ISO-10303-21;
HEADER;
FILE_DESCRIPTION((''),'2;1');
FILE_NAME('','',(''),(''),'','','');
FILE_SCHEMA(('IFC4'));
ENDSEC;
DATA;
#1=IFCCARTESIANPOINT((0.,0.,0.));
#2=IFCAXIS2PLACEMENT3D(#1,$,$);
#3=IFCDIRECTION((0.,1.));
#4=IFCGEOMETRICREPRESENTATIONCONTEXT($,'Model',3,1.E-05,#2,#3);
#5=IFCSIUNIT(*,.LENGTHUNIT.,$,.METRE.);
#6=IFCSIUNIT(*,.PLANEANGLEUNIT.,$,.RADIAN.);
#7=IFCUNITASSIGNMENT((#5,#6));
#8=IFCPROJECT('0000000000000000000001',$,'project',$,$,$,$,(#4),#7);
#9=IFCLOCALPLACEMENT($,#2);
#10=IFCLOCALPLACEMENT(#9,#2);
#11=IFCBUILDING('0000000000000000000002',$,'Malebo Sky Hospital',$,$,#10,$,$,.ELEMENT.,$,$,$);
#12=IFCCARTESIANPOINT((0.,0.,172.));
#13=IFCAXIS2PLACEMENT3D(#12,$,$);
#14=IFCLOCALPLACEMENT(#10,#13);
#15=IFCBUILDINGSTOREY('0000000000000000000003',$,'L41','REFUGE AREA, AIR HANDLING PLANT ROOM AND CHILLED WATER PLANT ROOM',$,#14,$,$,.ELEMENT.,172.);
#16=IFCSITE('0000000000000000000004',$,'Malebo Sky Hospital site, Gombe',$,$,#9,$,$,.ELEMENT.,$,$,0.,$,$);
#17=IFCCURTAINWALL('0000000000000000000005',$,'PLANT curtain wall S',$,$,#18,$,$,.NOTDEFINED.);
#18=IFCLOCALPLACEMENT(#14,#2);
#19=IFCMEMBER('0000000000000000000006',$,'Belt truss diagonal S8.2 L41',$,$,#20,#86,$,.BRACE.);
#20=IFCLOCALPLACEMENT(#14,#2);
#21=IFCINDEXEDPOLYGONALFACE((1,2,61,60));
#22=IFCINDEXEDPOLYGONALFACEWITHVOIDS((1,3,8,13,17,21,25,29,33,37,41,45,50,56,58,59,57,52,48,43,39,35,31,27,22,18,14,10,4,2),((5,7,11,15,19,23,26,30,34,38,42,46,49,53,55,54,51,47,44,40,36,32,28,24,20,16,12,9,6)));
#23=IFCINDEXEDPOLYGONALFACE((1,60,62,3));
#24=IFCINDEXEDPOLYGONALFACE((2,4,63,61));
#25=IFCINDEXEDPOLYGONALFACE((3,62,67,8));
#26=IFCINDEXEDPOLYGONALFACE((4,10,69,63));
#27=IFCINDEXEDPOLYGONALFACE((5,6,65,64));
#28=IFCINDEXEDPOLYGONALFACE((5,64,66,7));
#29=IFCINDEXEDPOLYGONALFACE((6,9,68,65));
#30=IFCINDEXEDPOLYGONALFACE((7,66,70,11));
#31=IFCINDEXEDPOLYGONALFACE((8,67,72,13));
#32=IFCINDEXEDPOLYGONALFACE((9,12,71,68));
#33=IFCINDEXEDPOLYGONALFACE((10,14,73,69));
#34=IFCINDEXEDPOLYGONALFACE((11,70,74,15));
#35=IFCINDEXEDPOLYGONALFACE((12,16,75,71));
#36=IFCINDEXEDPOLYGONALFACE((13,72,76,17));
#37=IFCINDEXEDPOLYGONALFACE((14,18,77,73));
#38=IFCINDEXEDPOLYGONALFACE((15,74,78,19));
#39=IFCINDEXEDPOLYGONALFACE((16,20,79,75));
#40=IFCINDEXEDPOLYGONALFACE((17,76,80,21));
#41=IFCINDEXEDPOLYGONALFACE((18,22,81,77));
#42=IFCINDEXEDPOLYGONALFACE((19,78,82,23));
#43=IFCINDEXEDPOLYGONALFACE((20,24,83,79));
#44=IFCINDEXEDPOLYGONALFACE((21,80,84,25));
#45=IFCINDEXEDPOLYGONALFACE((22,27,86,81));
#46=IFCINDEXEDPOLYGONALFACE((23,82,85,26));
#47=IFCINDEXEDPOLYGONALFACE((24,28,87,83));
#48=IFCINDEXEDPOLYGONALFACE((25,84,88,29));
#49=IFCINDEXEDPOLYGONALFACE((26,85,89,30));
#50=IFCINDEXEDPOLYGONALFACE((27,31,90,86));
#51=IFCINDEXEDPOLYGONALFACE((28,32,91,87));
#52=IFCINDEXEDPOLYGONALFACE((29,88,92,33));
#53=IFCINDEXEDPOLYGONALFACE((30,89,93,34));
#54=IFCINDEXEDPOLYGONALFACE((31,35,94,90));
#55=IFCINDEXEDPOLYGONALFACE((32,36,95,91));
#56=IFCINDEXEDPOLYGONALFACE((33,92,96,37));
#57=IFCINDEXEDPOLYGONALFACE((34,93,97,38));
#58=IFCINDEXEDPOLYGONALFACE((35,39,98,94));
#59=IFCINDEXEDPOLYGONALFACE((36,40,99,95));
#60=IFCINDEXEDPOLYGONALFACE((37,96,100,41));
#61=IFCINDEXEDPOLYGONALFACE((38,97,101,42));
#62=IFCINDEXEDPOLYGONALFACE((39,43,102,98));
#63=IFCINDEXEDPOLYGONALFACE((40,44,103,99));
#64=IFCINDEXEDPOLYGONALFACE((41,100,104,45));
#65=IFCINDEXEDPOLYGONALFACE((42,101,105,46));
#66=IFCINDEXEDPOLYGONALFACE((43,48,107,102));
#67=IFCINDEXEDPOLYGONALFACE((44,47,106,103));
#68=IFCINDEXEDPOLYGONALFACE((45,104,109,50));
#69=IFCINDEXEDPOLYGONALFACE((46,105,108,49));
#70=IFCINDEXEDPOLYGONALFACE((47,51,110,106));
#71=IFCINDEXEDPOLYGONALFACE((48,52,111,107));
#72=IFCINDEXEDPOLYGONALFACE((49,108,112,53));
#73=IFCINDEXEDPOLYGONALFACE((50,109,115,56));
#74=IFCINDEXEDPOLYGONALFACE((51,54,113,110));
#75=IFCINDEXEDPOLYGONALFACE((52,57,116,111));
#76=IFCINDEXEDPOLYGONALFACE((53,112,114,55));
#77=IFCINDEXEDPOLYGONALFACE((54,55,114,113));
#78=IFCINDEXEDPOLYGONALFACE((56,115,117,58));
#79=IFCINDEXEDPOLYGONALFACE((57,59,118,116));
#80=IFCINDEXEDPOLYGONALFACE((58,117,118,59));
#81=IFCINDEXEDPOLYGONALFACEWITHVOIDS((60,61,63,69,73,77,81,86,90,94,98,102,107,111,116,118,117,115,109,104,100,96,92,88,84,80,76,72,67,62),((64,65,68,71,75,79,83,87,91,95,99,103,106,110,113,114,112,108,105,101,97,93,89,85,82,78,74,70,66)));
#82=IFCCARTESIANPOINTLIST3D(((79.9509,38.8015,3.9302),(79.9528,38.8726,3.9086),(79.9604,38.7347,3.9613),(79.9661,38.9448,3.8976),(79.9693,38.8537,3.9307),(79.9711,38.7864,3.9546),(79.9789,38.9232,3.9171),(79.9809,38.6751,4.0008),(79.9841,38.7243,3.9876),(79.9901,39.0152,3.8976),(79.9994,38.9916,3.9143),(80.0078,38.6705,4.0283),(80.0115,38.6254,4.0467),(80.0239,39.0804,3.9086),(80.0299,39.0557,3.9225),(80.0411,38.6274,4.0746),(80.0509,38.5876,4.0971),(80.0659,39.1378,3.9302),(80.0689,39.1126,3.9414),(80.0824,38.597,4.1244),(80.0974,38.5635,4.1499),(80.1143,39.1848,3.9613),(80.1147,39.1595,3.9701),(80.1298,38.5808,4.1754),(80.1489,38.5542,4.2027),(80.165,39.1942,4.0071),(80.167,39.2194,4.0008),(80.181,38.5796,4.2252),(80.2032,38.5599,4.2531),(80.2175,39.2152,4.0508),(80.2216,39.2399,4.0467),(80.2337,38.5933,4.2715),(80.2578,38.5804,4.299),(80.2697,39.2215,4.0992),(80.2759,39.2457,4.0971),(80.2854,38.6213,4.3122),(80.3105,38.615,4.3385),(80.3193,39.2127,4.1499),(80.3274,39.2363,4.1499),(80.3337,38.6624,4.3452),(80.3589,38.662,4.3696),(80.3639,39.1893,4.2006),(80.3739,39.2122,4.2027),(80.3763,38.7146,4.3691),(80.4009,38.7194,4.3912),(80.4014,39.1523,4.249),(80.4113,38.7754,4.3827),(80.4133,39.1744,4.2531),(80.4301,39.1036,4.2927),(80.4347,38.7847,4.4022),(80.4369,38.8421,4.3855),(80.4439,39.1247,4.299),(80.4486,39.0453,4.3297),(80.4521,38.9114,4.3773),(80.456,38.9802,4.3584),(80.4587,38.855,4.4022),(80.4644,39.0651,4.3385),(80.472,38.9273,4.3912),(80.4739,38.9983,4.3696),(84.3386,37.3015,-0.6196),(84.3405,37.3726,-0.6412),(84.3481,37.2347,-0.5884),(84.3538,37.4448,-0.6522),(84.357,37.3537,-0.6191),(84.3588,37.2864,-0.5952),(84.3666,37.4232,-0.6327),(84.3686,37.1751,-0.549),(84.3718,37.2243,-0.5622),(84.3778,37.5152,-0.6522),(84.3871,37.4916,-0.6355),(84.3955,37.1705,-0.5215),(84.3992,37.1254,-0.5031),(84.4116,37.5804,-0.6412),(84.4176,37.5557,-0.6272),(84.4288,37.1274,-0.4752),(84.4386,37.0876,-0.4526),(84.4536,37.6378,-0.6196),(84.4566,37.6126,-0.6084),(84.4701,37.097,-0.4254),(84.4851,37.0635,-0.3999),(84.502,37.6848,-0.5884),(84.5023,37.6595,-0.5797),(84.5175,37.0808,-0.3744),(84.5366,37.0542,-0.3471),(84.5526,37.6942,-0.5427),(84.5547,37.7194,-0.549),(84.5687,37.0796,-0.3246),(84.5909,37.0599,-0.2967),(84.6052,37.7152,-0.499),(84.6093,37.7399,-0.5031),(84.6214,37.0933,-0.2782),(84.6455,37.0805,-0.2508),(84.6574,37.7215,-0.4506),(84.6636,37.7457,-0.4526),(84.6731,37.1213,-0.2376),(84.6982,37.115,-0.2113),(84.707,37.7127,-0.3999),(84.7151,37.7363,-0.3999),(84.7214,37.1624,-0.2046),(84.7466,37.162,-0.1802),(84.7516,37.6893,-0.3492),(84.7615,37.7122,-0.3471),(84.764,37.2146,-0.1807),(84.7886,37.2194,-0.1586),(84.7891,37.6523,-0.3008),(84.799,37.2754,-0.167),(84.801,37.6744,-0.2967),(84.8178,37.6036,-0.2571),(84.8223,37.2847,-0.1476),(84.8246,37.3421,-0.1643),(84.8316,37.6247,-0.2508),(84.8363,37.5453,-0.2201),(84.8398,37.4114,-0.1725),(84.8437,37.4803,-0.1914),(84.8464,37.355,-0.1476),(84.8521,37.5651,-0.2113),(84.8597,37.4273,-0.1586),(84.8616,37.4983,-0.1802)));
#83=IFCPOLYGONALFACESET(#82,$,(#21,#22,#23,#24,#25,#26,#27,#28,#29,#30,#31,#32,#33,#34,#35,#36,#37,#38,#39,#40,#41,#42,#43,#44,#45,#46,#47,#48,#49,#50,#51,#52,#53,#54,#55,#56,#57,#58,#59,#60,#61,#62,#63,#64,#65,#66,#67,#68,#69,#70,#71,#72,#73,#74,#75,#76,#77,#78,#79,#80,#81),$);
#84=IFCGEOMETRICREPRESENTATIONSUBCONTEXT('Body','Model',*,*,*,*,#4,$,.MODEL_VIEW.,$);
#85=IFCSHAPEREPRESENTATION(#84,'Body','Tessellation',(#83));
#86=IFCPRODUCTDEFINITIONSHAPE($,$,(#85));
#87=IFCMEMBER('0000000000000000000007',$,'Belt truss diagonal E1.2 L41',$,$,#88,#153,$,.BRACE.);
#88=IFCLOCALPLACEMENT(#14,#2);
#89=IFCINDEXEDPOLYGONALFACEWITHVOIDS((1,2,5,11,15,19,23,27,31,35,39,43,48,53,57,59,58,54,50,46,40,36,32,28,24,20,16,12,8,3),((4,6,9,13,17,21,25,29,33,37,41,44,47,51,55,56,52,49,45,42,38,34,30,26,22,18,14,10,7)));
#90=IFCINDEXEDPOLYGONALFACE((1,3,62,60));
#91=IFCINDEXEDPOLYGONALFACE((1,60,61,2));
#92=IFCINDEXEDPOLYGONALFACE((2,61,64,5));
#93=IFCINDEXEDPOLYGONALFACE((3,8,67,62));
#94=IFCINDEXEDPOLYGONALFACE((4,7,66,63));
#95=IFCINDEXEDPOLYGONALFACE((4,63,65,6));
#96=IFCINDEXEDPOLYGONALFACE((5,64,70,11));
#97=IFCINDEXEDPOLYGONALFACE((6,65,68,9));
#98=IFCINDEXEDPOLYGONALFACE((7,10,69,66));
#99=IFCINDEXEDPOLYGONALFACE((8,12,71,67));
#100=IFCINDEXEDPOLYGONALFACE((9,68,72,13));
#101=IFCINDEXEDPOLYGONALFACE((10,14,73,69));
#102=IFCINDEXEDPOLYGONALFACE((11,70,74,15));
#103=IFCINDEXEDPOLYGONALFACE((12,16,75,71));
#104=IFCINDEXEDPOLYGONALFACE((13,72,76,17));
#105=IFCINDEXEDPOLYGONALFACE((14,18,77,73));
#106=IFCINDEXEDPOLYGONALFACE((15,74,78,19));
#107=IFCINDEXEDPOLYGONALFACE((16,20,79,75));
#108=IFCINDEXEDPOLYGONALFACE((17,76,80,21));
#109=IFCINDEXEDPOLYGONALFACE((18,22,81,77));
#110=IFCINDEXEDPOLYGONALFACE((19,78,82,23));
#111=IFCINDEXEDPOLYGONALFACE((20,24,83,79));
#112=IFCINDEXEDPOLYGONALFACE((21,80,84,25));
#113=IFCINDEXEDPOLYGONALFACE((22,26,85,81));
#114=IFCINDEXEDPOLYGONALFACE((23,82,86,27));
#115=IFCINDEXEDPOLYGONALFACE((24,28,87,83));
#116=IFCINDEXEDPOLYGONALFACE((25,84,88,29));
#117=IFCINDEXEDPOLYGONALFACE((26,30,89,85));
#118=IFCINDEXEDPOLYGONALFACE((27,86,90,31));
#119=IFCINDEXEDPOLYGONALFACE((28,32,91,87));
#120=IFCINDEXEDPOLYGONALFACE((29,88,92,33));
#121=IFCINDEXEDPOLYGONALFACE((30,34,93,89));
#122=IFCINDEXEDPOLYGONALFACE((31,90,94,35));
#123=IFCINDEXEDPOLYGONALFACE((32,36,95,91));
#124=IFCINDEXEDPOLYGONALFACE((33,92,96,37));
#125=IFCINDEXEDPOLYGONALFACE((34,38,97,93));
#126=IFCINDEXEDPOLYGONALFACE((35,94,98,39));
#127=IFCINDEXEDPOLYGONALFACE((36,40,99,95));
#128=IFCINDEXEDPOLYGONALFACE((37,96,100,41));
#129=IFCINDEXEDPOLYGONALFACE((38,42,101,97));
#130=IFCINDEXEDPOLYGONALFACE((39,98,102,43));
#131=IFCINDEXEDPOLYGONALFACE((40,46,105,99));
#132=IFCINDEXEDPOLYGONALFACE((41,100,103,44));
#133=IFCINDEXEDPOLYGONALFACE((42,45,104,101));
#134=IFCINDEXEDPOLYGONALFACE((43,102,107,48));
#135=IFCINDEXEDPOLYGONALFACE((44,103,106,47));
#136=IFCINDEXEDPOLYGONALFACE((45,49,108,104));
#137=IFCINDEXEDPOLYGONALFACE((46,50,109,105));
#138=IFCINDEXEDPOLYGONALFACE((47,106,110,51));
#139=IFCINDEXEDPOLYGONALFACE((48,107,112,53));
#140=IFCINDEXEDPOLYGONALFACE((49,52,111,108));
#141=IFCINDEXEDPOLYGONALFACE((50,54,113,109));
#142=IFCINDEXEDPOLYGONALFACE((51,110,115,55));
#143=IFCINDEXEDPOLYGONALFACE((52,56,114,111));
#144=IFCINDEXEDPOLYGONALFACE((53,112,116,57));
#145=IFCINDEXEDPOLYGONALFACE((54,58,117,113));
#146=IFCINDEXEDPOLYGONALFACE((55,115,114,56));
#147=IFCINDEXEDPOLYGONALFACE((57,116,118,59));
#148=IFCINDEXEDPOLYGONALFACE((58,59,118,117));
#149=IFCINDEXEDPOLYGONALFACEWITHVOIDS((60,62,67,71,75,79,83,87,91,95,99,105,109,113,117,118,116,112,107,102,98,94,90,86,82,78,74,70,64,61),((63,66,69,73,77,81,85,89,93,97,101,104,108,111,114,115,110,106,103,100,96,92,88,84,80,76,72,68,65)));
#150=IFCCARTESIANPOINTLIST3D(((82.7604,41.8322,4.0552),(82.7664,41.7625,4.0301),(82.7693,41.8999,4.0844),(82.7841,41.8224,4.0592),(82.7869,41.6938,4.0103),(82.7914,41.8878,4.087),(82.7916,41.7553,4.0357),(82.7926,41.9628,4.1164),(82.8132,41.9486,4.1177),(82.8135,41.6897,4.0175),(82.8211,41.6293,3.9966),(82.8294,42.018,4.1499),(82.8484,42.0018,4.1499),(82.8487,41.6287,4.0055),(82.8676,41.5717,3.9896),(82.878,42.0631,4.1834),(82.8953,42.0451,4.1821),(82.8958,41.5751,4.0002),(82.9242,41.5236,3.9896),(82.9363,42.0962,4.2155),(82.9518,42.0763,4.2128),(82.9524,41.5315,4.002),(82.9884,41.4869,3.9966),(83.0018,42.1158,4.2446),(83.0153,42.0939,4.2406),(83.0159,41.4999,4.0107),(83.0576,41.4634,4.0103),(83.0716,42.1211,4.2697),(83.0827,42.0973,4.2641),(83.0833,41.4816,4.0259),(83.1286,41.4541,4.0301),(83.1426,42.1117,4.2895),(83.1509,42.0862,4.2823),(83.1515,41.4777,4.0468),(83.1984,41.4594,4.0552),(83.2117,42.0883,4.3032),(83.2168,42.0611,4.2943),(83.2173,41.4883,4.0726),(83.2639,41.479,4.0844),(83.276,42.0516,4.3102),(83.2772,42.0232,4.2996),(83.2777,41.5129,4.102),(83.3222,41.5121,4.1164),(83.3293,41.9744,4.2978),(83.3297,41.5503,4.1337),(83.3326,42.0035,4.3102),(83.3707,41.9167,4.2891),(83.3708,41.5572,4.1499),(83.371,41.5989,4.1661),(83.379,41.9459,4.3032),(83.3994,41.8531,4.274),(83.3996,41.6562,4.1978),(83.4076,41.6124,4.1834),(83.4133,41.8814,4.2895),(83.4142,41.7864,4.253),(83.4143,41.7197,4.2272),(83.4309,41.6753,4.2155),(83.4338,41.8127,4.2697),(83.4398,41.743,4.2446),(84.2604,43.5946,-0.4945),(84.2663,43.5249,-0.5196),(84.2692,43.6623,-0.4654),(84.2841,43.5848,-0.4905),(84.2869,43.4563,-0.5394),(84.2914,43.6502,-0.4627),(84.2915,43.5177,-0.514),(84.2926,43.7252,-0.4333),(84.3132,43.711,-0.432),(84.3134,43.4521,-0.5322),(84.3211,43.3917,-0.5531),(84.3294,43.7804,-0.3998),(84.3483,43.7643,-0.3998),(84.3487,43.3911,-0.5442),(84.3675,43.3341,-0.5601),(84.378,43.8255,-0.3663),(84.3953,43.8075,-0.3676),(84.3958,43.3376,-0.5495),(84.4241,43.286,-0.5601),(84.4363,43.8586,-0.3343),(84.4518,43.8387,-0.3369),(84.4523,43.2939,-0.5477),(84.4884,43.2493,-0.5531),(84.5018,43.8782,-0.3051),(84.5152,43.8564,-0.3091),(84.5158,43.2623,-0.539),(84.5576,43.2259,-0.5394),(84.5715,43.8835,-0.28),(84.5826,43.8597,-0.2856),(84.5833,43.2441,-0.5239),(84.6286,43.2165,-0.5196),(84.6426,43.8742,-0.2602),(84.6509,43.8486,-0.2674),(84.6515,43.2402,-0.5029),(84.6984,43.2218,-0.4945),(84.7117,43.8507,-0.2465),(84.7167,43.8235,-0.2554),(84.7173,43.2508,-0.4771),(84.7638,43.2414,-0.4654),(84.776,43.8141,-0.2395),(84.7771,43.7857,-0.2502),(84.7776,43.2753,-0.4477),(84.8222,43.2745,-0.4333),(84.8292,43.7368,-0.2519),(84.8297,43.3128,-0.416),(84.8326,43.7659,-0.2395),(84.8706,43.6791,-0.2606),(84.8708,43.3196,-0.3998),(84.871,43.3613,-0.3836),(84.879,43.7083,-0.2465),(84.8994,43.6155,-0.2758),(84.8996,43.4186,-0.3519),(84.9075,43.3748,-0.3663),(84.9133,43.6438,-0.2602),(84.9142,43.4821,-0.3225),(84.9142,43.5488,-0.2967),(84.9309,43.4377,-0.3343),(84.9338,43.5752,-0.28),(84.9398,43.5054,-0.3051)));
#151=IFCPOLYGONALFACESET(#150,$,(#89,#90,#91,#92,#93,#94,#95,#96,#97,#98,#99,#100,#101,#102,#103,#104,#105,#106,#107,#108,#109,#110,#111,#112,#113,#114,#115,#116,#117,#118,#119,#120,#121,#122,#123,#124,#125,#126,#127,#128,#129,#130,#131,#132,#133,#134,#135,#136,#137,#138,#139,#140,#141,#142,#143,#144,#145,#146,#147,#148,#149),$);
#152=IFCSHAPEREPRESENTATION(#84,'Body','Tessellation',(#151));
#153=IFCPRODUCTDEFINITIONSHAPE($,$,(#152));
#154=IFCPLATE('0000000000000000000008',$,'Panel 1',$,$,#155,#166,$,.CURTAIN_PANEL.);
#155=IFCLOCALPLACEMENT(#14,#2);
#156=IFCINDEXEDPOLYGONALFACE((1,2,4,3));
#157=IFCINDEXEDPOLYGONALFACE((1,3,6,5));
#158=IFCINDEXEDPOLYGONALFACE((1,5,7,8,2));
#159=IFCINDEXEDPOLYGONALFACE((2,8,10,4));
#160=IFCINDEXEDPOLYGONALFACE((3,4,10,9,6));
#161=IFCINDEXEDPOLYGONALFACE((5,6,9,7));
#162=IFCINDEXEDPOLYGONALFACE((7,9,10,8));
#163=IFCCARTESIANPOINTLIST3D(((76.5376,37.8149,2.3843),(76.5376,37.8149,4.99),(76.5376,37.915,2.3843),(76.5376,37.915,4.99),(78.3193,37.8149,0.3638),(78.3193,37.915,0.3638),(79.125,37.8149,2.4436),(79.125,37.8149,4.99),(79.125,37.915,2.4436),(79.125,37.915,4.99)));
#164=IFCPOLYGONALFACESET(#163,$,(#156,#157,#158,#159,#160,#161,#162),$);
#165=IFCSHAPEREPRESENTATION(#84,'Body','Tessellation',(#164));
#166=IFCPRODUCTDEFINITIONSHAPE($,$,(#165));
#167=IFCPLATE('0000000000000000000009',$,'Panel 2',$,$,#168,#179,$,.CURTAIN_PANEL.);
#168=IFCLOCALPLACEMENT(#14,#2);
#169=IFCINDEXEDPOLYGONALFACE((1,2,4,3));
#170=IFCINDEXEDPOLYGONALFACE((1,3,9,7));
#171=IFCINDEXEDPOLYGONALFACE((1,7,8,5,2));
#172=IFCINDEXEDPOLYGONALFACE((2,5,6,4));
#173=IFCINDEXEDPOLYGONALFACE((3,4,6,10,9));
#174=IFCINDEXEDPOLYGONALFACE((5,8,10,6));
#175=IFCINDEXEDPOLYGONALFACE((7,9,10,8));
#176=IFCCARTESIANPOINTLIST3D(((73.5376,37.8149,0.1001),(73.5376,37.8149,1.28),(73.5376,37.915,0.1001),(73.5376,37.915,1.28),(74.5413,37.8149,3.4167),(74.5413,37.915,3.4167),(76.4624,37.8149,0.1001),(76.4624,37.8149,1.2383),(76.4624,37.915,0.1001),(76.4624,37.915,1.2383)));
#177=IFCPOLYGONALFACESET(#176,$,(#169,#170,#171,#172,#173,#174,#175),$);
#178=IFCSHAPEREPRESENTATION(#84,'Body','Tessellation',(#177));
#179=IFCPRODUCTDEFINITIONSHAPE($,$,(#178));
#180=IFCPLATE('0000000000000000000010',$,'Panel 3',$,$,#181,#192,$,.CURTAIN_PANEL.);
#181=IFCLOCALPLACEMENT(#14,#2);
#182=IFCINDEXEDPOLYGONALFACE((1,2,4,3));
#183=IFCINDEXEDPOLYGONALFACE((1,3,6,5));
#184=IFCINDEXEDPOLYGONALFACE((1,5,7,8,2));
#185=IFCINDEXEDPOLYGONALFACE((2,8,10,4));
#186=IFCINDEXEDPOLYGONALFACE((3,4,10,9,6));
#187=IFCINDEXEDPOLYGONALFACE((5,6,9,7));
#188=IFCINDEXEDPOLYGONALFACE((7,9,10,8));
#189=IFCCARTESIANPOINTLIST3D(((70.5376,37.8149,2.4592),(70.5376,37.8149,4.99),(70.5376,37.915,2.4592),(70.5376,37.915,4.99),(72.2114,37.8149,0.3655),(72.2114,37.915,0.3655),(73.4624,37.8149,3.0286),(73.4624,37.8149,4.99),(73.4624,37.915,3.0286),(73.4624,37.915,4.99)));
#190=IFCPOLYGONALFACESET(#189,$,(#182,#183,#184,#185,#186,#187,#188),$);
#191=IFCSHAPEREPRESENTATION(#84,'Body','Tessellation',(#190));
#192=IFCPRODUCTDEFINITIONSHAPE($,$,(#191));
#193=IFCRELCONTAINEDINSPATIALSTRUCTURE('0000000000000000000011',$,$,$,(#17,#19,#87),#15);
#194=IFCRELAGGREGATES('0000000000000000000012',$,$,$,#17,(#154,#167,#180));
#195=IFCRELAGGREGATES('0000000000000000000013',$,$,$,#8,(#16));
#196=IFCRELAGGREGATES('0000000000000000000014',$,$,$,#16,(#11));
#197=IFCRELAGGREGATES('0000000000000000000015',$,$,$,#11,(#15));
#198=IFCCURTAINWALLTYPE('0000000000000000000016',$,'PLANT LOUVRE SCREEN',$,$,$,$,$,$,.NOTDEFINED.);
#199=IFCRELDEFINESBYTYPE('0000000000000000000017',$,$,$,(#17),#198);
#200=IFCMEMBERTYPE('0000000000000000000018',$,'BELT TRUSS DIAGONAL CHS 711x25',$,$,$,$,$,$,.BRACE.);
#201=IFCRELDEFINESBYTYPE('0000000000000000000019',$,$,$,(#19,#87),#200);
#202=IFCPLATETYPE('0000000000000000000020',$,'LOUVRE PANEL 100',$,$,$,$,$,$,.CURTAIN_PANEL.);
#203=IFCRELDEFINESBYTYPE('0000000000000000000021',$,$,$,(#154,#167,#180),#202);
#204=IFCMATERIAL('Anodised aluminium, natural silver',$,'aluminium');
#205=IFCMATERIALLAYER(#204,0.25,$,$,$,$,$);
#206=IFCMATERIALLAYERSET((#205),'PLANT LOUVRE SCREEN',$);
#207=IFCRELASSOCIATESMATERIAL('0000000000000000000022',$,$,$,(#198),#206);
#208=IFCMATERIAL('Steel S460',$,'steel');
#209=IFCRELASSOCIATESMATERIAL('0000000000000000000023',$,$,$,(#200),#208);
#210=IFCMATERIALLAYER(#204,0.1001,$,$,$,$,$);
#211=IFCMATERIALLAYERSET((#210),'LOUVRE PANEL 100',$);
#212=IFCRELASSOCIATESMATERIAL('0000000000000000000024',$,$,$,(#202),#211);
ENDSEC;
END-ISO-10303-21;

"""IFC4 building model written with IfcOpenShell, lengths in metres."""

from ifc_helpers import new_model, si_unit, direction, frame, origin, origin_2d, place, context, subcontext, project, spatial, polyline, hollow_circle, outline, extrude, material, layer, layer_set, material_profile, profile_set, type_object, element, aggregate, save


model = new_model("IFC4")

# Units and contexts
model_context = context("Model", 3, precision=1e-05, world=origin(), true_north=direction((0.0, 1.0)))
body_context = subcontext(model_context, "Body", "Model", "MODEL_VIEW")
ifc_project = project(units=[si_unit("LENGTHUNIT", "METRE"), si_unit("PLANEANGLEUNIT", "RADIAN")], contexts=[model_context])

# Site, building, storey
site_placement = place(None, origin())
site = spatial("IfcSite", under=ifc_project, at=site_placement, Name="Malebo Sky Hospital site, Gombe", CompositionType="ELEMENT", RefElevation=0.0)
building_placement = place(site_placement, origin())
building = spatial("IfcBuilding", under=site, at=building_placement, Name="Malebo Sky Hospital", CompositionType="ELEMENT")
storey_placement = place(building_placement, frame((0.0, 0.0, 172.0)))
storey = spatial("IfcBuildingStorey", under=building, at=storey_placement, Name="L41", Description="REFUGE AREA, AIR HANDLING PLANT ROOM AND CHILLED WATER PLANT ROOM", CompositionType="ELEMENT", Elevation=172.0)

# Curtain wall
ifc_material_1 = material(Name="Anodised aluminium, natural silver", Category="aluminium")
ifc_layer_1 = layer(ifc_material_1, 0.25)
ifc_layer_set_1 = layer_set([ifc_layer_1], Name="PLANT LOUVRE SCREEN")
curtain_wall_type = type_object("IfcCurtainWallType", Name="PLANT LOUVRE SCREEN", PredefinedType="NOTDEFINED", material=ifc_layer_set_1)
curtain_wall_placement = place(storey_placement, origin())
curtain_wall = element("IfcCurtainWall", 1, at=curtain_wall_placement, inside=storey, type_object=curtain_wall_type, Name="PLANT curtain wall S", PredefinedType="NOTDEFINED")

# Members
ifc_material_2 = material(Name="Steel S460", Category="steel")
ifc_material_profile_1 = material_profile(ifc_material_2, hollow_circle(Radius=0.3555, WallThickness=0.0249, at=origin_2d()), Name="CHS 711x25")
ifc_profile_set_1 = profile_set([ifc_material_profile_1], Name="Steel S460")
member_type_1 = type_object("IfcMemberType", Name="BELT TRUSS DIAGONAL CHS 711x25", PredefinedType="BRACE", material=ifc_profile_set_1)
member_1_placement = place(storey_placement, frame((80.2124, 38.8999, 4.1499), z_axis=(0.675409, -0.230899, -0.700363), x_axis=(0.323484, 0.946234, 0.0)))
element("IfcMember", 2, at=member_1_placement, inside=storey, type_object=member_type_1, Name="Belt truss diagonal S8.2 L41", PredefinedType="BRACE", context=body_context, shape_type="SweptSolid", body=[
    extrude(hollow_circle(Radius=0.3555, WallThickness=0.0249, at=origin_2d()), origin(), (0.0, 0.0, 1.0), 6.4963),
])
member_2_placement = place(storey_placement, frame((83.1001, 41.7876, 4.1499), z_axis=(0.293853, 0.345267, -0.891314), x_axis=(-0.761531, 0.648129, 0.0)))
element("IfcMember", 3, at=member_2_placement, inside=storey, type_object=member_type_1, Name="Belt truss diagonal E1.2 L41", PredefinedType="BRACE", context=body_context, shape_type="SweptSolid", body=[
    extrude(hollow_circle(Radius=0.3555, WallThickness=0.0249, at=origin_2d()), origin(), (0.0, 0.0, 1.0), 5.1045),
])

# Plates
ifc_layer_2 = layer(ifc_material_1, 0.1001)
ifc_layer_set_2 = layer_set([ifc_layer_2], Name="LOUVRE PANEL 100")
plate_type = type_object("IfcPlateType", Name="LOUVRE PANEL 100", PredefinedType="CURTAIN_PANEL", material=ifc_layer_set_2)
plate_1_placement = place(storey_placement, frame((77.8313, 37.865, 0.3638), z_axis=(0.0, 0.0, 1.0), x_axis=(-1.0, 0.0, 0.0)))
plate_1 = element("IfcPlate", 4, at=plate_1_placement, type_object=plate_type, Name="Panel 1", PredefinedType="CURTAIN_PANEL", context=body_context, shape_type="SweptSolid", body=[
    extrude(outline(polyline([(-0.488, 0.0), (1.2937, 2.0205), (1.2937, 4.6262), (-1.2937, 4.6262), (-1.2937, 2.0798), (-0.488, 0.0)])), frame((0.0, 0.05, 0.0), z_axis=(0.0, -1.0, 0.0), x_axis=(1.0, 0.0, 0.0)), (0.0, 0.0, 1.0), 0.1001),
])
plate_2_placement = place(storey_placement, frame((75.0, 37.865, 0.1001), z_axis=(0.0, 0.0, 1.0), x_axis=(-1.0, 0.0, 0.0)))
plate_2 = element("IfcPlate", 5, at=plate_2_placement, type_object=plate_type, Name="Panel 2", PredefinedType="CURTAIN_PANEL", context=body_context, shape_type="SweptSolid", body=[
    extrude(outline(polyline([(-1.4624, 0.0), (1.4624, 0.0), (1.4624, 1.1799), (0.4587, 3.3167), (-1.4624, 1.1382), (-1.4624, 0.0)])), frame((0.0, 0.05, 0.0), z_axis=(0.0, -1.0, 0.0), x_axis=(1.0, 0.0, 0.0)), (0.0, 0.0, 1.0), 0.1001),
])
plate_3_placement = place(storey_placement, frame((72.0, 37.865, 0.3655), z_axis=(0.0, 0.0, 1.0), x_axis=(-1.0, 0.0, 0.0)))
plate_3 = element("IfcPlate", 6, at=plate_3_placement, type_object=plate_type, Name="Panel 3", PredefinedType="CURTAIN_PANEL", context=body_context, shape_type="SweptSolid", body=[
    extrude(outline(polyline([(-0.2114, 0.0), (1.4624, 2.0938), (1.4624, 4.6245), (-1.4624, 4.6245), (-1.4624, 2.6631), (-0.2114, 0.0)])), frame((0.0, 0.05, 0.0), z_axis=(0.0, -1.0, 0.0), x_axis=(1.0, 0.0, 0.0)), (0.0, 0.0, 1.0), 0.1001),
])
aggregate(curtain_wall, [plate_1, plate_2, plate_3])

save(model, "model.ifc")
